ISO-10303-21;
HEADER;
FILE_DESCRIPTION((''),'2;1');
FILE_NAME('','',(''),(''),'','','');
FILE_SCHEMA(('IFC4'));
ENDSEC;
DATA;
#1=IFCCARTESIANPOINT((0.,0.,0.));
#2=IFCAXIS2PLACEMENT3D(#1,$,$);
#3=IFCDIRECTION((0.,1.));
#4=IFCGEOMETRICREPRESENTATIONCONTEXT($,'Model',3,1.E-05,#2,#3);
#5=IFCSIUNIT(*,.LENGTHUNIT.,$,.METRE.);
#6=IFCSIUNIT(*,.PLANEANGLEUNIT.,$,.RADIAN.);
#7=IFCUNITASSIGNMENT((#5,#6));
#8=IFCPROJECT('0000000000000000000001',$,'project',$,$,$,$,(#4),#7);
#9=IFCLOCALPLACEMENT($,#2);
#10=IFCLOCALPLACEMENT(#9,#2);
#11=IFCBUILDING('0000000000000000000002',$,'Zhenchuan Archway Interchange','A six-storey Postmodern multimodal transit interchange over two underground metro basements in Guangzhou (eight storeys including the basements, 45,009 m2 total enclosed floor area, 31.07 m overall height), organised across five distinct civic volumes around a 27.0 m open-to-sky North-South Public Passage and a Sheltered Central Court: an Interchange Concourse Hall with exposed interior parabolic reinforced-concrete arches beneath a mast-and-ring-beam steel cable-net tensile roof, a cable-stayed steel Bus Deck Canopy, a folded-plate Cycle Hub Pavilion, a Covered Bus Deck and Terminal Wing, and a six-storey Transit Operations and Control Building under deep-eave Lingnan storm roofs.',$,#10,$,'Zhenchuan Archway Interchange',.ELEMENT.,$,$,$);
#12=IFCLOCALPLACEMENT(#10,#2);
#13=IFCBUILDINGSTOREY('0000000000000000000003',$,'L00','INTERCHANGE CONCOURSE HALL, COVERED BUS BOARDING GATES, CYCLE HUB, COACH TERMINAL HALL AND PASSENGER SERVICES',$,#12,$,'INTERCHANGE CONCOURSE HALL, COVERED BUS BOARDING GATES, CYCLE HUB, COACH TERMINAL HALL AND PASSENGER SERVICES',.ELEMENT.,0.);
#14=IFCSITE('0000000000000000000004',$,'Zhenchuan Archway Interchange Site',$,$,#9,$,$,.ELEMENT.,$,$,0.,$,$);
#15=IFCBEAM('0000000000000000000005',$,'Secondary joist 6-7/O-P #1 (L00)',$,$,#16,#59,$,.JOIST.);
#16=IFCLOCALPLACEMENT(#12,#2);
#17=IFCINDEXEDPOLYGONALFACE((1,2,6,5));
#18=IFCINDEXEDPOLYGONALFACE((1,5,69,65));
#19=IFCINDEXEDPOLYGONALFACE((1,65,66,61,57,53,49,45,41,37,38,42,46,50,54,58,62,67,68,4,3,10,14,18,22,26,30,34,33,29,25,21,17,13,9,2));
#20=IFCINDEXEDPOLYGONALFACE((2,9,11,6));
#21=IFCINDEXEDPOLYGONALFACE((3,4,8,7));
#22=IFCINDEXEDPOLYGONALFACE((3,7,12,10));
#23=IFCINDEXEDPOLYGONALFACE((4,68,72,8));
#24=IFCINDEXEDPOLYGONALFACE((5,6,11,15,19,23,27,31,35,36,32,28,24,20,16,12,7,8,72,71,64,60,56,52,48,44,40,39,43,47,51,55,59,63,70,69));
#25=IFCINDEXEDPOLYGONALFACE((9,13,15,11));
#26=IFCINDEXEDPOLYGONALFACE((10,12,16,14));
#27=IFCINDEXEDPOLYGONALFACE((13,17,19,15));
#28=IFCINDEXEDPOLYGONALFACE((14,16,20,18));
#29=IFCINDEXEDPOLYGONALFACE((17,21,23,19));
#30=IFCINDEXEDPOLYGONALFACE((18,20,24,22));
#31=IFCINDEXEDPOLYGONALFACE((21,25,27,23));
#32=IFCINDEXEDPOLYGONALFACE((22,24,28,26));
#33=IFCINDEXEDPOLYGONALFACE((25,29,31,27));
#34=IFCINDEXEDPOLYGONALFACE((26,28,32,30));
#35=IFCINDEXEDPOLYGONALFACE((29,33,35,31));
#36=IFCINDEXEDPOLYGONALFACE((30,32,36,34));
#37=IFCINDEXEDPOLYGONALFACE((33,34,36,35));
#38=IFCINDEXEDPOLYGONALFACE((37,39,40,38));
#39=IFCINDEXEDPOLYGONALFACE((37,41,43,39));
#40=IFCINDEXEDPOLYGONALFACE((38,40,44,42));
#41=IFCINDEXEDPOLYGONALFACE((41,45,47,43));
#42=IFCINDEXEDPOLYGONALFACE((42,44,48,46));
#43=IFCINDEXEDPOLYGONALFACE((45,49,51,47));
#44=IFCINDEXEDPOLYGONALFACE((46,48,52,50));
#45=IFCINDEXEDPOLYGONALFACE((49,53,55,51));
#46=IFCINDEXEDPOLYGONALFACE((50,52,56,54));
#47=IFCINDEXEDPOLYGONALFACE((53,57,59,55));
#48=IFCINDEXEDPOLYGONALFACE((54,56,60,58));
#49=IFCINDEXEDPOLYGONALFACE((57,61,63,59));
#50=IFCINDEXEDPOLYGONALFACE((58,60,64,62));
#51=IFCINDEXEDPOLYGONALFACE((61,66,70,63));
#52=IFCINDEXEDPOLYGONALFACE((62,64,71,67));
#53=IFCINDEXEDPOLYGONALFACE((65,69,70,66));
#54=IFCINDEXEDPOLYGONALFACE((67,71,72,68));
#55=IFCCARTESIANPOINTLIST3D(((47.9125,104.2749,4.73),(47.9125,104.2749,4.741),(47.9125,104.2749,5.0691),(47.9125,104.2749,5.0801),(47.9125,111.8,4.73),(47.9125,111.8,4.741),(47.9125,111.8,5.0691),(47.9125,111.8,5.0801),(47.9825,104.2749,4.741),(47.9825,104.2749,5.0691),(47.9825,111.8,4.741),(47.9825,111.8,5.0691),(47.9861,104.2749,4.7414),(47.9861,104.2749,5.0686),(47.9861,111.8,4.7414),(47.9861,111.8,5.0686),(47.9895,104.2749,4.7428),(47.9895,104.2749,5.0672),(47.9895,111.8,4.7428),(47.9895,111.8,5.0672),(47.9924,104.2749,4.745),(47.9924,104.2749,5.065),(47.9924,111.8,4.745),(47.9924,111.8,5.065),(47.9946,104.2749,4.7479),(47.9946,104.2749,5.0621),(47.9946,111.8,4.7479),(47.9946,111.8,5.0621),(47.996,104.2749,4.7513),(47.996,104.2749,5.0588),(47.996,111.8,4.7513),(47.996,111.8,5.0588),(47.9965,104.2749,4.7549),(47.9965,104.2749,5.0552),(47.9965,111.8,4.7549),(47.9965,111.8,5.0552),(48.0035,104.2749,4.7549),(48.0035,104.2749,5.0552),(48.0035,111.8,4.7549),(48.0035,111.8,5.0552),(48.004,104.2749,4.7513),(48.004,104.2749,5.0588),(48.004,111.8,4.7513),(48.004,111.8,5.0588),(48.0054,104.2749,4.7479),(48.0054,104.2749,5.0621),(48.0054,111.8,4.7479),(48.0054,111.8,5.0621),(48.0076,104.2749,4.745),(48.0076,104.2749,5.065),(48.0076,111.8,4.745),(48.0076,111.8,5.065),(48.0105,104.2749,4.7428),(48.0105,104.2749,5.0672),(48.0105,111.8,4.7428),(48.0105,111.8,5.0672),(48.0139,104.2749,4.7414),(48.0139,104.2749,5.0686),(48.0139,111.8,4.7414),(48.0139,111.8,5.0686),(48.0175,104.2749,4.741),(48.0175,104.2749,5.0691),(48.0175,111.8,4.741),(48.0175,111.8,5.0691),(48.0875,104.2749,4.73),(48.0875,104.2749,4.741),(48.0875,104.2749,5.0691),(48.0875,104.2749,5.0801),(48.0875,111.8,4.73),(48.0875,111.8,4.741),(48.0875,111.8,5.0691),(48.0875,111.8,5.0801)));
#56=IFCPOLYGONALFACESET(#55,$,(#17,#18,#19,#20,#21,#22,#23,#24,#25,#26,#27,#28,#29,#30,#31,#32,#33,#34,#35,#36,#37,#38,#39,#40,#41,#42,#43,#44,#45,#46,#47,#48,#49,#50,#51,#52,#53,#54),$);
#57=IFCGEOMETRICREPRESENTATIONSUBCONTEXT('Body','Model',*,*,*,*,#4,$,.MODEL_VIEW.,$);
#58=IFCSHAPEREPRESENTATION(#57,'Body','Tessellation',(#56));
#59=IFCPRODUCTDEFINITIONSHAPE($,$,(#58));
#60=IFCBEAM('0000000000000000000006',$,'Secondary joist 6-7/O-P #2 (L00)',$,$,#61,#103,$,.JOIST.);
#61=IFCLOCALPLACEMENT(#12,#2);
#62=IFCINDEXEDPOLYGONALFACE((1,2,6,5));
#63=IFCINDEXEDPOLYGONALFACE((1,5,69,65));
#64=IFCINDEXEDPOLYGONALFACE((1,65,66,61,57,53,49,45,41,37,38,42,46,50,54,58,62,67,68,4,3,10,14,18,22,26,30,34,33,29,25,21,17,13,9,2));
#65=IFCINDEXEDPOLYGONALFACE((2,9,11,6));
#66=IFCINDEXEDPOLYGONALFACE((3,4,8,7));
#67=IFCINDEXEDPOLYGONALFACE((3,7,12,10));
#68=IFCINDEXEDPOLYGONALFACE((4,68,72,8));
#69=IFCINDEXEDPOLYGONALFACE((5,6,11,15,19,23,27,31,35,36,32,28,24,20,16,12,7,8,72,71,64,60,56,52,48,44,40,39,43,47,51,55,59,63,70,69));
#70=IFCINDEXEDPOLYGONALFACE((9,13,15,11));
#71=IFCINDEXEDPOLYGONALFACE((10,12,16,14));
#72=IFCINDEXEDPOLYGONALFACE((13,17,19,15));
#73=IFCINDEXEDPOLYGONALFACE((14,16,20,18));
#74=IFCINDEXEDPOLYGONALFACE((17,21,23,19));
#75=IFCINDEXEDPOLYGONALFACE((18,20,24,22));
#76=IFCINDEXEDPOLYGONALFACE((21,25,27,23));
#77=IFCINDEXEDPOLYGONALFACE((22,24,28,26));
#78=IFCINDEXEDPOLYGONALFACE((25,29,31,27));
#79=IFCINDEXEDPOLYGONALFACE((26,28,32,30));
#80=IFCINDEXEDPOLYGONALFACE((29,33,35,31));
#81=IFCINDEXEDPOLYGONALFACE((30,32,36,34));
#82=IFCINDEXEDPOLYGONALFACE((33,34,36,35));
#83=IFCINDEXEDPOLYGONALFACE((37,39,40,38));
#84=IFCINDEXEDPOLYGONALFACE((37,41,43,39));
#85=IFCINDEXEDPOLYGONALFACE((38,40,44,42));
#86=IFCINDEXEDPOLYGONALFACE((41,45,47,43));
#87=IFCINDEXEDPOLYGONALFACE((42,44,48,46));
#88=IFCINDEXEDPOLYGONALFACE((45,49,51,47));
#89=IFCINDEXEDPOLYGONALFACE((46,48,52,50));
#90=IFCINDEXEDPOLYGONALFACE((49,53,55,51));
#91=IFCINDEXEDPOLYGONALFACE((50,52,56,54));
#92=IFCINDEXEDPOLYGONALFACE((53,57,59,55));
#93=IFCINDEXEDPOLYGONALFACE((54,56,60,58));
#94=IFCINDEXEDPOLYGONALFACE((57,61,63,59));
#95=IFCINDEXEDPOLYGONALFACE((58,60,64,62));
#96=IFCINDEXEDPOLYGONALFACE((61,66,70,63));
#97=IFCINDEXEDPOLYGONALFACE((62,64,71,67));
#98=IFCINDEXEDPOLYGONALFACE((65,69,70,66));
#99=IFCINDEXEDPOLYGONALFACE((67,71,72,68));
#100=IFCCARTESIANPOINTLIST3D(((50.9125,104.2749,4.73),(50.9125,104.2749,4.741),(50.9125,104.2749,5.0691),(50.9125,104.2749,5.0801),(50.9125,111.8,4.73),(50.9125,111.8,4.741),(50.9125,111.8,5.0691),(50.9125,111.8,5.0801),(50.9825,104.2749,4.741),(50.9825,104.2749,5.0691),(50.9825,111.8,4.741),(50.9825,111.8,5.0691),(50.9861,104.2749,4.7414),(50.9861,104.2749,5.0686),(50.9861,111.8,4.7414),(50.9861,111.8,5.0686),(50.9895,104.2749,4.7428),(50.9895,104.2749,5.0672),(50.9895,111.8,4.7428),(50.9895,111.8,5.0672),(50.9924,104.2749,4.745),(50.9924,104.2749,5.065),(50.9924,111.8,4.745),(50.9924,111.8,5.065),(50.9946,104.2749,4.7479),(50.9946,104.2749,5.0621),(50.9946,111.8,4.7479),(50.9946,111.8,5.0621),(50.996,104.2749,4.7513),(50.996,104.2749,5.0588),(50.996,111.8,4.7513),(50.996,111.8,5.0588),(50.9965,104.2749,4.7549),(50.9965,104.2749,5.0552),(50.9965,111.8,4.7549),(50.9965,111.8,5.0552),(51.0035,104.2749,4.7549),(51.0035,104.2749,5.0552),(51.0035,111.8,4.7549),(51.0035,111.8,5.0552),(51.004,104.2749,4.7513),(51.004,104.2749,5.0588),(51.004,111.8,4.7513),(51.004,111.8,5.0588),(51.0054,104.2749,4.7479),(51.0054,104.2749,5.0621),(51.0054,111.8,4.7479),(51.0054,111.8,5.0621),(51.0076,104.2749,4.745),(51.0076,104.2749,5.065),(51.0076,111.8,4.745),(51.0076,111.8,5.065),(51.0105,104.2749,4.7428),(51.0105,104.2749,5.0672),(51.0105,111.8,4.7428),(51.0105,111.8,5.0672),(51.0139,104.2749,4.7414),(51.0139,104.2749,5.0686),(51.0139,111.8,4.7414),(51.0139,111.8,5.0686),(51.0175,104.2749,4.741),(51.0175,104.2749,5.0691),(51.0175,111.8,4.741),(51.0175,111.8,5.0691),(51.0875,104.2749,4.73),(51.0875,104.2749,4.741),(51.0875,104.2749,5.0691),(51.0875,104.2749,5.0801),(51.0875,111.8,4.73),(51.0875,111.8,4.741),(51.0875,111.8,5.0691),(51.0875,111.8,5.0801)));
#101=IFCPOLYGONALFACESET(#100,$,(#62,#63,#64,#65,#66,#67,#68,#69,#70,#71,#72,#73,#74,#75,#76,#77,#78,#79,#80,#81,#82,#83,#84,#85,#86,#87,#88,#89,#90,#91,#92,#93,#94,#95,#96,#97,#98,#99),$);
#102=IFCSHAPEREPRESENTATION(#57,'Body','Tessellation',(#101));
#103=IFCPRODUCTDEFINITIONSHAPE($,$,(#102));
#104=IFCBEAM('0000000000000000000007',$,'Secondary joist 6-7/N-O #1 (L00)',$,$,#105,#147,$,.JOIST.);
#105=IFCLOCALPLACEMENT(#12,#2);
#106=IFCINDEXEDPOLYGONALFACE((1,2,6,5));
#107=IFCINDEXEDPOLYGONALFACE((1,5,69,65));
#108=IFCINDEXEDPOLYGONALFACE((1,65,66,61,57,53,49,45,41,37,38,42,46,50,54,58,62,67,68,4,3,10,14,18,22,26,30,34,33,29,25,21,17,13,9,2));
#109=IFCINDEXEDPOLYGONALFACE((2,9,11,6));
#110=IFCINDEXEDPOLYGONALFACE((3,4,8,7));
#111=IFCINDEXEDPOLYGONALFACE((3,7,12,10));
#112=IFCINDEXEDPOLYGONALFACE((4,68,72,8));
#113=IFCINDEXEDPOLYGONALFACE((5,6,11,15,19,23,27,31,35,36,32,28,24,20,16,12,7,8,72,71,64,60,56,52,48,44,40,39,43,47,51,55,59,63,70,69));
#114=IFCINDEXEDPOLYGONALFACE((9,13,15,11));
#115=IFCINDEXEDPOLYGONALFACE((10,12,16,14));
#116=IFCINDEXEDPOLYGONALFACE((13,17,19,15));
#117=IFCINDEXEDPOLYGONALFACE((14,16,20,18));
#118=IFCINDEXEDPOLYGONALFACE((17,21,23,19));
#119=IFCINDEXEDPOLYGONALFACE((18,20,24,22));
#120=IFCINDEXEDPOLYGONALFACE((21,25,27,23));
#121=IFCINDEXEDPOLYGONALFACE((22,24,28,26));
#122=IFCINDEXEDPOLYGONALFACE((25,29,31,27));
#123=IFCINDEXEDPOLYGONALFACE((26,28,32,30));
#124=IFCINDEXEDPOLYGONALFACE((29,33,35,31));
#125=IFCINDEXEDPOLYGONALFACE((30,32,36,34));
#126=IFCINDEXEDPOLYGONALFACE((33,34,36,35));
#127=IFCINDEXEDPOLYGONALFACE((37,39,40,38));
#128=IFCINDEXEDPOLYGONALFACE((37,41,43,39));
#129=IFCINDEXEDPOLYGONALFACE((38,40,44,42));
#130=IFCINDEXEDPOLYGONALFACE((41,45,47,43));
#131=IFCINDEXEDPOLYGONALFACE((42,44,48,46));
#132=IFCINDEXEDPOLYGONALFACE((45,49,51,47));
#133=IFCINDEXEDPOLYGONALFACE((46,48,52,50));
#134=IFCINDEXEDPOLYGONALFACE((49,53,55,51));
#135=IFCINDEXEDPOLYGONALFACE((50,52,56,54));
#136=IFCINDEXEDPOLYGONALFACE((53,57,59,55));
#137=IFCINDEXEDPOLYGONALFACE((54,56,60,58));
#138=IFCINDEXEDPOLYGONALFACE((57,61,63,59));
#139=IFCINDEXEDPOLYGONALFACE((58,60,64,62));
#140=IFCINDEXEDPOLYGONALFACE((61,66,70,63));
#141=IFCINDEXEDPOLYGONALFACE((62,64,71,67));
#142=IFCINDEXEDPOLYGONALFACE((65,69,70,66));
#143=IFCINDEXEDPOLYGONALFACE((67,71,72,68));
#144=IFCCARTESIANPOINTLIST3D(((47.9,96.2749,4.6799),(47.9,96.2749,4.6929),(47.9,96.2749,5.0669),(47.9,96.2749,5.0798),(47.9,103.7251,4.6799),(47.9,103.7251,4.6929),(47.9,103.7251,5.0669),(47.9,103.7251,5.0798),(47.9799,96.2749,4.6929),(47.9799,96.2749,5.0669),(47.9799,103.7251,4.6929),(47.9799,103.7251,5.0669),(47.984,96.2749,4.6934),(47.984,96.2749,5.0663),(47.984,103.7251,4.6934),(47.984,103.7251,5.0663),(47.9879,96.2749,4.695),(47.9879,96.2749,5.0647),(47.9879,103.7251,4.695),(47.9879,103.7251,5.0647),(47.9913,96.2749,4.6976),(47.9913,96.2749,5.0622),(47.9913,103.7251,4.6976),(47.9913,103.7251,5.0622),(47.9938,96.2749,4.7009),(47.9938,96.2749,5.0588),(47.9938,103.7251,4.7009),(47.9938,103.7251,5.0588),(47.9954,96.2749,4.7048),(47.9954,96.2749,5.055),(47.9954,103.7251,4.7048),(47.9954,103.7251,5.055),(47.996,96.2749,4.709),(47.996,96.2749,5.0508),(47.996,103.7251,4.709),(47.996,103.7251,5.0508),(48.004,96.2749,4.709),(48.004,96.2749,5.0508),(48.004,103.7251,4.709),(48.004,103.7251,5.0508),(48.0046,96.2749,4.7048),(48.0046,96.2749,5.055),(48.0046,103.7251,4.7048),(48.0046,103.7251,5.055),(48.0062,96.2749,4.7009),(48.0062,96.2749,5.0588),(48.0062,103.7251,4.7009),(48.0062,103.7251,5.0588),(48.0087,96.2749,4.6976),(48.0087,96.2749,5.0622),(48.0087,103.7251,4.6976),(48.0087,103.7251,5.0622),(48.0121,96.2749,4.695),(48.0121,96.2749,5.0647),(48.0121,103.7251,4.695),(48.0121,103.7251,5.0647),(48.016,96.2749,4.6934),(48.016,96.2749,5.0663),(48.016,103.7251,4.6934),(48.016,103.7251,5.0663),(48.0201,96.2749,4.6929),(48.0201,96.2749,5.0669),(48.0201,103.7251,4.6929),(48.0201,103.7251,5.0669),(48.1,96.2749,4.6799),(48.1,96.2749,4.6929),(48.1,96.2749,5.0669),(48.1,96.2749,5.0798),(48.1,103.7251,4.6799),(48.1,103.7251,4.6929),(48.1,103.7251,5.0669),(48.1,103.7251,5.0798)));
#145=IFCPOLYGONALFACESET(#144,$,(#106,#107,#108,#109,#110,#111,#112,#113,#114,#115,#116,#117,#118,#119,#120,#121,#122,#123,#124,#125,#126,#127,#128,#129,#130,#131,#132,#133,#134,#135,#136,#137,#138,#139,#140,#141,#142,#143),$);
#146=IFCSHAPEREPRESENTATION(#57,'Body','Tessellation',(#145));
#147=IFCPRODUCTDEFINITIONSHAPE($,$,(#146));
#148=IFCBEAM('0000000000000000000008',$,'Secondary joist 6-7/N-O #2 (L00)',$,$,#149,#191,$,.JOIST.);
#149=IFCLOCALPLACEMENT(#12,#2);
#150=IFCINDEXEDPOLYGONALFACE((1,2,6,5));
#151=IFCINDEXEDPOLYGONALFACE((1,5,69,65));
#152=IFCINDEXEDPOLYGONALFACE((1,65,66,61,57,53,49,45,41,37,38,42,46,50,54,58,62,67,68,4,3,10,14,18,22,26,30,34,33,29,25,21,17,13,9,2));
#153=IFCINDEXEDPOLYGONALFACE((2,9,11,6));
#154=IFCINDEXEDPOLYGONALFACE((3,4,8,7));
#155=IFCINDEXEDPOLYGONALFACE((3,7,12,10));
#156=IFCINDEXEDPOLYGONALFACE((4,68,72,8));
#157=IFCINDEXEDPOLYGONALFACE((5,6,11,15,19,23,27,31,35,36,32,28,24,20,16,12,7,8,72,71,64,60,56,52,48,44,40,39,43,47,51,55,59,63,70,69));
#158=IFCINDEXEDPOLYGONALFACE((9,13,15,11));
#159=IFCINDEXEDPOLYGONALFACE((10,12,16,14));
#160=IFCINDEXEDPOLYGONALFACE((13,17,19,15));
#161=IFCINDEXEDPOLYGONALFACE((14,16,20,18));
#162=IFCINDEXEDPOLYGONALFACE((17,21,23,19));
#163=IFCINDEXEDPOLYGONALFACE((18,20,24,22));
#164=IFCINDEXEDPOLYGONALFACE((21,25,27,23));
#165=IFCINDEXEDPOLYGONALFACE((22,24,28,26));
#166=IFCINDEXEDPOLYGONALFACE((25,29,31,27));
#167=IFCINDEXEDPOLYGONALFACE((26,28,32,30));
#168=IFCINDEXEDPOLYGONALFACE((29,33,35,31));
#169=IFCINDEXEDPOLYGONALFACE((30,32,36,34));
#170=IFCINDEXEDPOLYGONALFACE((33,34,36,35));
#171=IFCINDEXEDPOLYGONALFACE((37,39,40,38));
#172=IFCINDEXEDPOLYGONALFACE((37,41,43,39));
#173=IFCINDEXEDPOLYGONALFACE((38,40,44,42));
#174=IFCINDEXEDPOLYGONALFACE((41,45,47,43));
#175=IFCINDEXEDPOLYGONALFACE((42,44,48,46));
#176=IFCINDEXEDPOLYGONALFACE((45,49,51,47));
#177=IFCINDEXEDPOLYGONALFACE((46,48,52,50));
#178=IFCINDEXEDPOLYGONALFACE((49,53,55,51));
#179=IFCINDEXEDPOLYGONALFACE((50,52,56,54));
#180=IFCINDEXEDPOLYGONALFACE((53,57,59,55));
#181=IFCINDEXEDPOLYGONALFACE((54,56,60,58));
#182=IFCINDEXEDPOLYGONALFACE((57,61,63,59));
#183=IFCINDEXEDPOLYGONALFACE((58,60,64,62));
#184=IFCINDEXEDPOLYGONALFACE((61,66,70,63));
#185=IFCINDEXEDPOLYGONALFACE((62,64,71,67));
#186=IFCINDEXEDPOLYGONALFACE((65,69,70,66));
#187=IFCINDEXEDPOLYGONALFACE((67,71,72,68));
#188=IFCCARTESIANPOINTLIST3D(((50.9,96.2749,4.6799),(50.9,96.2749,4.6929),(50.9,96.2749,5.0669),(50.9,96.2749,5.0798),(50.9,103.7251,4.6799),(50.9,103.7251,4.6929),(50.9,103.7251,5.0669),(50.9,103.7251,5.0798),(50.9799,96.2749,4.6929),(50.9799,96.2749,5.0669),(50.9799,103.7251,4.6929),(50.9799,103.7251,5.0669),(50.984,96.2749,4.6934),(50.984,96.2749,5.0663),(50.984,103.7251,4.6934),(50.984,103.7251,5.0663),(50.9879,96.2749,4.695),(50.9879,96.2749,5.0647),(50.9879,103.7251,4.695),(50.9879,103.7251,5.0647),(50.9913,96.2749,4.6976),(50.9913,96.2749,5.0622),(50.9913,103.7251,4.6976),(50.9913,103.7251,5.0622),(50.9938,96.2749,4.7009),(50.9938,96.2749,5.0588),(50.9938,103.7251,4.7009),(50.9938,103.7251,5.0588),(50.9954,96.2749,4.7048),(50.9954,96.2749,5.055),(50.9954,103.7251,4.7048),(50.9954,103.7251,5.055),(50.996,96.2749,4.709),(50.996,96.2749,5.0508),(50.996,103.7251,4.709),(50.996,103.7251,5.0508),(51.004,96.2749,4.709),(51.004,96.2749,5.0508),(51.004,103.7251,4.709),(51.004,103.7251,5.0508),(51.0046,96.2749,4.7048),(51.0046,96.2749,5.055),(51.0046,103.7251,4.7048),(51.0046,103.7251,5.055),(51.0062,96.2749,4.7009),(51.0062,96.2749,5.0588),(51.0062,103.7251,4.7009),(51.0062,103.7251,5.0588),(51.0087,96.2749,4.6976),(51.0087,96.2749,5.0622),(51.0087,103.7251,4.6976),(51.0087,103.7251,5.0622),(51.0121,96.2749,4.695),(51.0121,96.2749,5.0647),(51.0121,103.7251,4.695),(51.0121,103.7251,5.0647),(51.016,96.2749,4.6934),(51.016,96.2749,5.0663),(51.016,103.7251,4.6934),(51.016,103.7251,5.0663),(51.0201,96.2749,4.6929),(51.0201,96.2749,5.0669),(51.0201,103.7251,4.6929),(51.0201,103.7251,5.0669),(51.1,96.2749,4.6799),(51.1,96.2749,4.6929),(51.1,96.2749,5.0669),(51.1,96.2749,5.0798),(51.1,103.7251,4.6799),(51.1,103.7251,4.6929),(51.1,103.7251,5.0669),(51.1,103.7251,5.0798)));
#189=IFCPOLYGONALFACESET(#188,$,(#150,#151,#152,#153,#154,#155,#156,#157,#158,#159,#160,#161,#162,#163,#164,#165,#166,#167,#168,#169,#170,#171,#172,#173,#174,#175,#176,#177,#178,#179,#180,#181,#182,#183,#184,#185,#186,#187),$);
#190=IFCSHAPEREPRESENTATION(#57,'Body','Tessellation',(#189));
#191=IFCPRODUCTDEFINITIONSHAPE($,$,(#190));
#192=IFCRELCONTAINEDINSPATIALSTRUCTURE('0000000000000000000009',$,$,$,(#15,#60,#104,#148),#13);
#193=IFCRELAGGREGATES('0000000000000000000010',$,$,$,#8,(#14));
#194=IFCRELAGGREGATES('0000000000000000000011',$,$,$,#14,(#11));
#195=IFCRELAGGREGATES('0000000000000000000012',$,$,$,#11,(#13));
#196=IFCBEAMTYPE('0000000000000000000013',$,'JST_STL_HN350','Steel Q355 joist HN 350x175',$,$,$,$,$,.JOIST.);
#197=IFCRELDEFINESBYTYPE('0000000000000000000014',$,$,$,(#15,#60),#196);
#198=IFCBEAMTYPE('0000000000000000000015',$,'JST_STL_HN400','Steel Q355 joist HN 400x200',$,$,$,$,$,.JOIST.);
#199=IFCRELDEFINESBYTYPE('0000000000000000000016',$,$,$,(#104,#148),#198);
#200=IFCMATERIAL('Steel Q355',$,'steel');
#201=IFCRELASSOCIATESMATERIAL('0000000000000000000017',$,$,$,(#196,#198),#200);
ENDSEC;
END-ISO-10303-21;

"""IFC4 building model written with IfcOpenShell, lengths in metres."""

from ifc_helpers import new_model, si_unit, direction, frame, origin, origin_2d, place, context, subcontext, project, spatial, i_section, extrude, material, material_profile, profile_set, type_object, element, save


model = new_model("IFC4")

# Units and contexts
model_context = context("Model", 3, precision=1e-05, world=origin(), true_north=direction((0.0, 1.0)))
body_context = subcontext(model_context, "Body", "Model", "MODEL_VIEW")
ifc_project = project(units=[si_unit("LENGTHUNIT", "METRE"), si_unit("PLANEANGLEUNIT", "RADIAN")], contexts=[model_context])

# Site, building, storey
site_placement = place(None, origin())
site = spatial("IfcSite", under=ifc_project, at=site_placement, Name="Zhenchuan Archway Interchange Site", CompositionType="ELEMENT", RefElevation=0.0)
building_placement = place(site_placement, origin())
building = spatial("IfcBuilding", under=site, at=building_placement, Name="Zhenchuan Archway Interchange", Description="A six-storey Postmodern multimodal transit interchange over two underground metro basements in Guangzhou (eight storeys including the basements, 45,009 m2 total enclosed floor area, 31.07 m overall height), organised across five distinct civic volumes around a 27.0 m open-to-sky North-South Public Passage and a Sheltered Central Court: an Interchange Concourse Hall with exposed interior parabolic reinforced-concrete arches beneath a mast-and-ring-beam steel cable-net tensile roof, a cable-stayed steel Bus Deck Canopy, a folded-plate Cycle Hub Pavilion, a Covered Bus Deck and Terminal Wing, and a six-storey Transit Operations and Control Building under deep-eave Lingnan storm roofs.", LongName="Zhenchuan Archway Interchange", CompositionType="ELEMENT")
storey_placement = place(building_placement, origin())
storey = spatial("IfcBuildingStorey", under=building, at=storey_placement, Name="L00", Description="INTERCHANGE CONCOURSE HALL, COVERED BUS BOARDING GATES, CYCLE HUB, COACH TERMINAL HALL AND PASSENGER SERVICES", LongName="INTERCHANGE CONCOURSE HALL, COVERED BUS BOARDING GATES, CYCLE HUB, COACH TERMINAL HALL AND PASSENGER SERVICES", CompositionType="ELEMENT", Elevation=0.0)

# Beams
ifc_material_1 = material(Name="Steel Q355", Category="steel")
ifc_material_profile_1 = material_profile(ifc_material_1, i_section(OverallWidth=0.175, OverallDepth=0.3501, WebThickness=0.0071, FlangeThickness=0.011, FilletRadius=0.0139, at=origin_2d()), Name="HN 350x175")
ifc_profile_set_1 = profile_set([ifc_material_profile_1], Name="Steel Q355")
beam_type_1 = type_object("IfcBeamType", Name="JST_STL_HN350", Description="Steel Q355 joist HN 350x175", PredefinedType="JOIST", material=ifc_profile_set_1)
for number, where, z_axis, x_axis, name in (
    (1, (48.0, 104.2749, 4.905), (0.0, 1.0, 0.0), (-1.0, 0.0, 0.0), "Secondary joist 6-7/O-P #1 (L00)"),
    (2, (51.0, 104.2749, 4.905), (0.0, 1.0, 0.0), (-1.0, 0.0, 0.0), "Secondary joist 6-7/O-P #2 (L00)"),
):
    element("IfcBeam", number, at=place(storey_placement, frame(where, z_axis=z_axis, x_axis=x_axis)), inside=storey, type_object=beam_type_1, Name=name, PredefinedType="JOIST", context=body_context, shape_type="SweptSolid", body=[
        extrude(i_section(OverallWidth=0.175, OverallDepth=0.3501, WebThickness=0.0071, FlangeThickness=0.011, FilletRadius=0.0139, at=origin_2d()), origin(), (0.0, 0.0, 1.0), 7.5251),
    ])
ifc_material_profile_2 = material_profile(ifc_material_1, i_section(OverallWidth=0.2, OverallDepth=0.3999, WebThickness=0.0081, FlangeThickness=0.0129, FilletRadius=0.0161, at=origin_2d()), Name="HN 400x200")
ifc_profile_set_2 = profile_set([ifc_material_profile_2], Name="Steel Q355")
beam_type_2 = type_object("IfcBeamType", Name="JST_STL_HN400", Description="Steel Q355 joist HN 400x200", PredefinedType="JOIST", material=ifc_profile_set_2)
for number, where, z_axis, x_axis, name in (
    (3, (48.0, 96.2749, 4.8799), (0.0, 1.0, 0.0), (-1.0, 0.0, 0.0), "Secondary joist 6-7/N-O #1 (L00)"),
    (4, (51.0, 96.2749, 4.8799), (0.0, 1.0, 0.0), (-1.0, 0.0, 0.0), "Secondary joist 6-7/N-O #2 (L00)"),
):
    element("IfcBeam", number, at=place(storey_placement, frame(where, z_axis=z_axis, x_axis=x_axis)), inside=storey, type_object=beam_type_2, Name=name, PredefinedType="JOIST", context=body_context, shape_type="SweptSolid", body=[
        extrude(i_section(OverallWidth=0.2, OverallDepth=0.3999, WebThickness=0.0081, FlangeThickness=0.0129, FilletRadius=0.0161, at=origin_2d()), origin(), (0.0, 0.0, 1.0), 7.4502),
    ])

save(model, "model.ifc")
